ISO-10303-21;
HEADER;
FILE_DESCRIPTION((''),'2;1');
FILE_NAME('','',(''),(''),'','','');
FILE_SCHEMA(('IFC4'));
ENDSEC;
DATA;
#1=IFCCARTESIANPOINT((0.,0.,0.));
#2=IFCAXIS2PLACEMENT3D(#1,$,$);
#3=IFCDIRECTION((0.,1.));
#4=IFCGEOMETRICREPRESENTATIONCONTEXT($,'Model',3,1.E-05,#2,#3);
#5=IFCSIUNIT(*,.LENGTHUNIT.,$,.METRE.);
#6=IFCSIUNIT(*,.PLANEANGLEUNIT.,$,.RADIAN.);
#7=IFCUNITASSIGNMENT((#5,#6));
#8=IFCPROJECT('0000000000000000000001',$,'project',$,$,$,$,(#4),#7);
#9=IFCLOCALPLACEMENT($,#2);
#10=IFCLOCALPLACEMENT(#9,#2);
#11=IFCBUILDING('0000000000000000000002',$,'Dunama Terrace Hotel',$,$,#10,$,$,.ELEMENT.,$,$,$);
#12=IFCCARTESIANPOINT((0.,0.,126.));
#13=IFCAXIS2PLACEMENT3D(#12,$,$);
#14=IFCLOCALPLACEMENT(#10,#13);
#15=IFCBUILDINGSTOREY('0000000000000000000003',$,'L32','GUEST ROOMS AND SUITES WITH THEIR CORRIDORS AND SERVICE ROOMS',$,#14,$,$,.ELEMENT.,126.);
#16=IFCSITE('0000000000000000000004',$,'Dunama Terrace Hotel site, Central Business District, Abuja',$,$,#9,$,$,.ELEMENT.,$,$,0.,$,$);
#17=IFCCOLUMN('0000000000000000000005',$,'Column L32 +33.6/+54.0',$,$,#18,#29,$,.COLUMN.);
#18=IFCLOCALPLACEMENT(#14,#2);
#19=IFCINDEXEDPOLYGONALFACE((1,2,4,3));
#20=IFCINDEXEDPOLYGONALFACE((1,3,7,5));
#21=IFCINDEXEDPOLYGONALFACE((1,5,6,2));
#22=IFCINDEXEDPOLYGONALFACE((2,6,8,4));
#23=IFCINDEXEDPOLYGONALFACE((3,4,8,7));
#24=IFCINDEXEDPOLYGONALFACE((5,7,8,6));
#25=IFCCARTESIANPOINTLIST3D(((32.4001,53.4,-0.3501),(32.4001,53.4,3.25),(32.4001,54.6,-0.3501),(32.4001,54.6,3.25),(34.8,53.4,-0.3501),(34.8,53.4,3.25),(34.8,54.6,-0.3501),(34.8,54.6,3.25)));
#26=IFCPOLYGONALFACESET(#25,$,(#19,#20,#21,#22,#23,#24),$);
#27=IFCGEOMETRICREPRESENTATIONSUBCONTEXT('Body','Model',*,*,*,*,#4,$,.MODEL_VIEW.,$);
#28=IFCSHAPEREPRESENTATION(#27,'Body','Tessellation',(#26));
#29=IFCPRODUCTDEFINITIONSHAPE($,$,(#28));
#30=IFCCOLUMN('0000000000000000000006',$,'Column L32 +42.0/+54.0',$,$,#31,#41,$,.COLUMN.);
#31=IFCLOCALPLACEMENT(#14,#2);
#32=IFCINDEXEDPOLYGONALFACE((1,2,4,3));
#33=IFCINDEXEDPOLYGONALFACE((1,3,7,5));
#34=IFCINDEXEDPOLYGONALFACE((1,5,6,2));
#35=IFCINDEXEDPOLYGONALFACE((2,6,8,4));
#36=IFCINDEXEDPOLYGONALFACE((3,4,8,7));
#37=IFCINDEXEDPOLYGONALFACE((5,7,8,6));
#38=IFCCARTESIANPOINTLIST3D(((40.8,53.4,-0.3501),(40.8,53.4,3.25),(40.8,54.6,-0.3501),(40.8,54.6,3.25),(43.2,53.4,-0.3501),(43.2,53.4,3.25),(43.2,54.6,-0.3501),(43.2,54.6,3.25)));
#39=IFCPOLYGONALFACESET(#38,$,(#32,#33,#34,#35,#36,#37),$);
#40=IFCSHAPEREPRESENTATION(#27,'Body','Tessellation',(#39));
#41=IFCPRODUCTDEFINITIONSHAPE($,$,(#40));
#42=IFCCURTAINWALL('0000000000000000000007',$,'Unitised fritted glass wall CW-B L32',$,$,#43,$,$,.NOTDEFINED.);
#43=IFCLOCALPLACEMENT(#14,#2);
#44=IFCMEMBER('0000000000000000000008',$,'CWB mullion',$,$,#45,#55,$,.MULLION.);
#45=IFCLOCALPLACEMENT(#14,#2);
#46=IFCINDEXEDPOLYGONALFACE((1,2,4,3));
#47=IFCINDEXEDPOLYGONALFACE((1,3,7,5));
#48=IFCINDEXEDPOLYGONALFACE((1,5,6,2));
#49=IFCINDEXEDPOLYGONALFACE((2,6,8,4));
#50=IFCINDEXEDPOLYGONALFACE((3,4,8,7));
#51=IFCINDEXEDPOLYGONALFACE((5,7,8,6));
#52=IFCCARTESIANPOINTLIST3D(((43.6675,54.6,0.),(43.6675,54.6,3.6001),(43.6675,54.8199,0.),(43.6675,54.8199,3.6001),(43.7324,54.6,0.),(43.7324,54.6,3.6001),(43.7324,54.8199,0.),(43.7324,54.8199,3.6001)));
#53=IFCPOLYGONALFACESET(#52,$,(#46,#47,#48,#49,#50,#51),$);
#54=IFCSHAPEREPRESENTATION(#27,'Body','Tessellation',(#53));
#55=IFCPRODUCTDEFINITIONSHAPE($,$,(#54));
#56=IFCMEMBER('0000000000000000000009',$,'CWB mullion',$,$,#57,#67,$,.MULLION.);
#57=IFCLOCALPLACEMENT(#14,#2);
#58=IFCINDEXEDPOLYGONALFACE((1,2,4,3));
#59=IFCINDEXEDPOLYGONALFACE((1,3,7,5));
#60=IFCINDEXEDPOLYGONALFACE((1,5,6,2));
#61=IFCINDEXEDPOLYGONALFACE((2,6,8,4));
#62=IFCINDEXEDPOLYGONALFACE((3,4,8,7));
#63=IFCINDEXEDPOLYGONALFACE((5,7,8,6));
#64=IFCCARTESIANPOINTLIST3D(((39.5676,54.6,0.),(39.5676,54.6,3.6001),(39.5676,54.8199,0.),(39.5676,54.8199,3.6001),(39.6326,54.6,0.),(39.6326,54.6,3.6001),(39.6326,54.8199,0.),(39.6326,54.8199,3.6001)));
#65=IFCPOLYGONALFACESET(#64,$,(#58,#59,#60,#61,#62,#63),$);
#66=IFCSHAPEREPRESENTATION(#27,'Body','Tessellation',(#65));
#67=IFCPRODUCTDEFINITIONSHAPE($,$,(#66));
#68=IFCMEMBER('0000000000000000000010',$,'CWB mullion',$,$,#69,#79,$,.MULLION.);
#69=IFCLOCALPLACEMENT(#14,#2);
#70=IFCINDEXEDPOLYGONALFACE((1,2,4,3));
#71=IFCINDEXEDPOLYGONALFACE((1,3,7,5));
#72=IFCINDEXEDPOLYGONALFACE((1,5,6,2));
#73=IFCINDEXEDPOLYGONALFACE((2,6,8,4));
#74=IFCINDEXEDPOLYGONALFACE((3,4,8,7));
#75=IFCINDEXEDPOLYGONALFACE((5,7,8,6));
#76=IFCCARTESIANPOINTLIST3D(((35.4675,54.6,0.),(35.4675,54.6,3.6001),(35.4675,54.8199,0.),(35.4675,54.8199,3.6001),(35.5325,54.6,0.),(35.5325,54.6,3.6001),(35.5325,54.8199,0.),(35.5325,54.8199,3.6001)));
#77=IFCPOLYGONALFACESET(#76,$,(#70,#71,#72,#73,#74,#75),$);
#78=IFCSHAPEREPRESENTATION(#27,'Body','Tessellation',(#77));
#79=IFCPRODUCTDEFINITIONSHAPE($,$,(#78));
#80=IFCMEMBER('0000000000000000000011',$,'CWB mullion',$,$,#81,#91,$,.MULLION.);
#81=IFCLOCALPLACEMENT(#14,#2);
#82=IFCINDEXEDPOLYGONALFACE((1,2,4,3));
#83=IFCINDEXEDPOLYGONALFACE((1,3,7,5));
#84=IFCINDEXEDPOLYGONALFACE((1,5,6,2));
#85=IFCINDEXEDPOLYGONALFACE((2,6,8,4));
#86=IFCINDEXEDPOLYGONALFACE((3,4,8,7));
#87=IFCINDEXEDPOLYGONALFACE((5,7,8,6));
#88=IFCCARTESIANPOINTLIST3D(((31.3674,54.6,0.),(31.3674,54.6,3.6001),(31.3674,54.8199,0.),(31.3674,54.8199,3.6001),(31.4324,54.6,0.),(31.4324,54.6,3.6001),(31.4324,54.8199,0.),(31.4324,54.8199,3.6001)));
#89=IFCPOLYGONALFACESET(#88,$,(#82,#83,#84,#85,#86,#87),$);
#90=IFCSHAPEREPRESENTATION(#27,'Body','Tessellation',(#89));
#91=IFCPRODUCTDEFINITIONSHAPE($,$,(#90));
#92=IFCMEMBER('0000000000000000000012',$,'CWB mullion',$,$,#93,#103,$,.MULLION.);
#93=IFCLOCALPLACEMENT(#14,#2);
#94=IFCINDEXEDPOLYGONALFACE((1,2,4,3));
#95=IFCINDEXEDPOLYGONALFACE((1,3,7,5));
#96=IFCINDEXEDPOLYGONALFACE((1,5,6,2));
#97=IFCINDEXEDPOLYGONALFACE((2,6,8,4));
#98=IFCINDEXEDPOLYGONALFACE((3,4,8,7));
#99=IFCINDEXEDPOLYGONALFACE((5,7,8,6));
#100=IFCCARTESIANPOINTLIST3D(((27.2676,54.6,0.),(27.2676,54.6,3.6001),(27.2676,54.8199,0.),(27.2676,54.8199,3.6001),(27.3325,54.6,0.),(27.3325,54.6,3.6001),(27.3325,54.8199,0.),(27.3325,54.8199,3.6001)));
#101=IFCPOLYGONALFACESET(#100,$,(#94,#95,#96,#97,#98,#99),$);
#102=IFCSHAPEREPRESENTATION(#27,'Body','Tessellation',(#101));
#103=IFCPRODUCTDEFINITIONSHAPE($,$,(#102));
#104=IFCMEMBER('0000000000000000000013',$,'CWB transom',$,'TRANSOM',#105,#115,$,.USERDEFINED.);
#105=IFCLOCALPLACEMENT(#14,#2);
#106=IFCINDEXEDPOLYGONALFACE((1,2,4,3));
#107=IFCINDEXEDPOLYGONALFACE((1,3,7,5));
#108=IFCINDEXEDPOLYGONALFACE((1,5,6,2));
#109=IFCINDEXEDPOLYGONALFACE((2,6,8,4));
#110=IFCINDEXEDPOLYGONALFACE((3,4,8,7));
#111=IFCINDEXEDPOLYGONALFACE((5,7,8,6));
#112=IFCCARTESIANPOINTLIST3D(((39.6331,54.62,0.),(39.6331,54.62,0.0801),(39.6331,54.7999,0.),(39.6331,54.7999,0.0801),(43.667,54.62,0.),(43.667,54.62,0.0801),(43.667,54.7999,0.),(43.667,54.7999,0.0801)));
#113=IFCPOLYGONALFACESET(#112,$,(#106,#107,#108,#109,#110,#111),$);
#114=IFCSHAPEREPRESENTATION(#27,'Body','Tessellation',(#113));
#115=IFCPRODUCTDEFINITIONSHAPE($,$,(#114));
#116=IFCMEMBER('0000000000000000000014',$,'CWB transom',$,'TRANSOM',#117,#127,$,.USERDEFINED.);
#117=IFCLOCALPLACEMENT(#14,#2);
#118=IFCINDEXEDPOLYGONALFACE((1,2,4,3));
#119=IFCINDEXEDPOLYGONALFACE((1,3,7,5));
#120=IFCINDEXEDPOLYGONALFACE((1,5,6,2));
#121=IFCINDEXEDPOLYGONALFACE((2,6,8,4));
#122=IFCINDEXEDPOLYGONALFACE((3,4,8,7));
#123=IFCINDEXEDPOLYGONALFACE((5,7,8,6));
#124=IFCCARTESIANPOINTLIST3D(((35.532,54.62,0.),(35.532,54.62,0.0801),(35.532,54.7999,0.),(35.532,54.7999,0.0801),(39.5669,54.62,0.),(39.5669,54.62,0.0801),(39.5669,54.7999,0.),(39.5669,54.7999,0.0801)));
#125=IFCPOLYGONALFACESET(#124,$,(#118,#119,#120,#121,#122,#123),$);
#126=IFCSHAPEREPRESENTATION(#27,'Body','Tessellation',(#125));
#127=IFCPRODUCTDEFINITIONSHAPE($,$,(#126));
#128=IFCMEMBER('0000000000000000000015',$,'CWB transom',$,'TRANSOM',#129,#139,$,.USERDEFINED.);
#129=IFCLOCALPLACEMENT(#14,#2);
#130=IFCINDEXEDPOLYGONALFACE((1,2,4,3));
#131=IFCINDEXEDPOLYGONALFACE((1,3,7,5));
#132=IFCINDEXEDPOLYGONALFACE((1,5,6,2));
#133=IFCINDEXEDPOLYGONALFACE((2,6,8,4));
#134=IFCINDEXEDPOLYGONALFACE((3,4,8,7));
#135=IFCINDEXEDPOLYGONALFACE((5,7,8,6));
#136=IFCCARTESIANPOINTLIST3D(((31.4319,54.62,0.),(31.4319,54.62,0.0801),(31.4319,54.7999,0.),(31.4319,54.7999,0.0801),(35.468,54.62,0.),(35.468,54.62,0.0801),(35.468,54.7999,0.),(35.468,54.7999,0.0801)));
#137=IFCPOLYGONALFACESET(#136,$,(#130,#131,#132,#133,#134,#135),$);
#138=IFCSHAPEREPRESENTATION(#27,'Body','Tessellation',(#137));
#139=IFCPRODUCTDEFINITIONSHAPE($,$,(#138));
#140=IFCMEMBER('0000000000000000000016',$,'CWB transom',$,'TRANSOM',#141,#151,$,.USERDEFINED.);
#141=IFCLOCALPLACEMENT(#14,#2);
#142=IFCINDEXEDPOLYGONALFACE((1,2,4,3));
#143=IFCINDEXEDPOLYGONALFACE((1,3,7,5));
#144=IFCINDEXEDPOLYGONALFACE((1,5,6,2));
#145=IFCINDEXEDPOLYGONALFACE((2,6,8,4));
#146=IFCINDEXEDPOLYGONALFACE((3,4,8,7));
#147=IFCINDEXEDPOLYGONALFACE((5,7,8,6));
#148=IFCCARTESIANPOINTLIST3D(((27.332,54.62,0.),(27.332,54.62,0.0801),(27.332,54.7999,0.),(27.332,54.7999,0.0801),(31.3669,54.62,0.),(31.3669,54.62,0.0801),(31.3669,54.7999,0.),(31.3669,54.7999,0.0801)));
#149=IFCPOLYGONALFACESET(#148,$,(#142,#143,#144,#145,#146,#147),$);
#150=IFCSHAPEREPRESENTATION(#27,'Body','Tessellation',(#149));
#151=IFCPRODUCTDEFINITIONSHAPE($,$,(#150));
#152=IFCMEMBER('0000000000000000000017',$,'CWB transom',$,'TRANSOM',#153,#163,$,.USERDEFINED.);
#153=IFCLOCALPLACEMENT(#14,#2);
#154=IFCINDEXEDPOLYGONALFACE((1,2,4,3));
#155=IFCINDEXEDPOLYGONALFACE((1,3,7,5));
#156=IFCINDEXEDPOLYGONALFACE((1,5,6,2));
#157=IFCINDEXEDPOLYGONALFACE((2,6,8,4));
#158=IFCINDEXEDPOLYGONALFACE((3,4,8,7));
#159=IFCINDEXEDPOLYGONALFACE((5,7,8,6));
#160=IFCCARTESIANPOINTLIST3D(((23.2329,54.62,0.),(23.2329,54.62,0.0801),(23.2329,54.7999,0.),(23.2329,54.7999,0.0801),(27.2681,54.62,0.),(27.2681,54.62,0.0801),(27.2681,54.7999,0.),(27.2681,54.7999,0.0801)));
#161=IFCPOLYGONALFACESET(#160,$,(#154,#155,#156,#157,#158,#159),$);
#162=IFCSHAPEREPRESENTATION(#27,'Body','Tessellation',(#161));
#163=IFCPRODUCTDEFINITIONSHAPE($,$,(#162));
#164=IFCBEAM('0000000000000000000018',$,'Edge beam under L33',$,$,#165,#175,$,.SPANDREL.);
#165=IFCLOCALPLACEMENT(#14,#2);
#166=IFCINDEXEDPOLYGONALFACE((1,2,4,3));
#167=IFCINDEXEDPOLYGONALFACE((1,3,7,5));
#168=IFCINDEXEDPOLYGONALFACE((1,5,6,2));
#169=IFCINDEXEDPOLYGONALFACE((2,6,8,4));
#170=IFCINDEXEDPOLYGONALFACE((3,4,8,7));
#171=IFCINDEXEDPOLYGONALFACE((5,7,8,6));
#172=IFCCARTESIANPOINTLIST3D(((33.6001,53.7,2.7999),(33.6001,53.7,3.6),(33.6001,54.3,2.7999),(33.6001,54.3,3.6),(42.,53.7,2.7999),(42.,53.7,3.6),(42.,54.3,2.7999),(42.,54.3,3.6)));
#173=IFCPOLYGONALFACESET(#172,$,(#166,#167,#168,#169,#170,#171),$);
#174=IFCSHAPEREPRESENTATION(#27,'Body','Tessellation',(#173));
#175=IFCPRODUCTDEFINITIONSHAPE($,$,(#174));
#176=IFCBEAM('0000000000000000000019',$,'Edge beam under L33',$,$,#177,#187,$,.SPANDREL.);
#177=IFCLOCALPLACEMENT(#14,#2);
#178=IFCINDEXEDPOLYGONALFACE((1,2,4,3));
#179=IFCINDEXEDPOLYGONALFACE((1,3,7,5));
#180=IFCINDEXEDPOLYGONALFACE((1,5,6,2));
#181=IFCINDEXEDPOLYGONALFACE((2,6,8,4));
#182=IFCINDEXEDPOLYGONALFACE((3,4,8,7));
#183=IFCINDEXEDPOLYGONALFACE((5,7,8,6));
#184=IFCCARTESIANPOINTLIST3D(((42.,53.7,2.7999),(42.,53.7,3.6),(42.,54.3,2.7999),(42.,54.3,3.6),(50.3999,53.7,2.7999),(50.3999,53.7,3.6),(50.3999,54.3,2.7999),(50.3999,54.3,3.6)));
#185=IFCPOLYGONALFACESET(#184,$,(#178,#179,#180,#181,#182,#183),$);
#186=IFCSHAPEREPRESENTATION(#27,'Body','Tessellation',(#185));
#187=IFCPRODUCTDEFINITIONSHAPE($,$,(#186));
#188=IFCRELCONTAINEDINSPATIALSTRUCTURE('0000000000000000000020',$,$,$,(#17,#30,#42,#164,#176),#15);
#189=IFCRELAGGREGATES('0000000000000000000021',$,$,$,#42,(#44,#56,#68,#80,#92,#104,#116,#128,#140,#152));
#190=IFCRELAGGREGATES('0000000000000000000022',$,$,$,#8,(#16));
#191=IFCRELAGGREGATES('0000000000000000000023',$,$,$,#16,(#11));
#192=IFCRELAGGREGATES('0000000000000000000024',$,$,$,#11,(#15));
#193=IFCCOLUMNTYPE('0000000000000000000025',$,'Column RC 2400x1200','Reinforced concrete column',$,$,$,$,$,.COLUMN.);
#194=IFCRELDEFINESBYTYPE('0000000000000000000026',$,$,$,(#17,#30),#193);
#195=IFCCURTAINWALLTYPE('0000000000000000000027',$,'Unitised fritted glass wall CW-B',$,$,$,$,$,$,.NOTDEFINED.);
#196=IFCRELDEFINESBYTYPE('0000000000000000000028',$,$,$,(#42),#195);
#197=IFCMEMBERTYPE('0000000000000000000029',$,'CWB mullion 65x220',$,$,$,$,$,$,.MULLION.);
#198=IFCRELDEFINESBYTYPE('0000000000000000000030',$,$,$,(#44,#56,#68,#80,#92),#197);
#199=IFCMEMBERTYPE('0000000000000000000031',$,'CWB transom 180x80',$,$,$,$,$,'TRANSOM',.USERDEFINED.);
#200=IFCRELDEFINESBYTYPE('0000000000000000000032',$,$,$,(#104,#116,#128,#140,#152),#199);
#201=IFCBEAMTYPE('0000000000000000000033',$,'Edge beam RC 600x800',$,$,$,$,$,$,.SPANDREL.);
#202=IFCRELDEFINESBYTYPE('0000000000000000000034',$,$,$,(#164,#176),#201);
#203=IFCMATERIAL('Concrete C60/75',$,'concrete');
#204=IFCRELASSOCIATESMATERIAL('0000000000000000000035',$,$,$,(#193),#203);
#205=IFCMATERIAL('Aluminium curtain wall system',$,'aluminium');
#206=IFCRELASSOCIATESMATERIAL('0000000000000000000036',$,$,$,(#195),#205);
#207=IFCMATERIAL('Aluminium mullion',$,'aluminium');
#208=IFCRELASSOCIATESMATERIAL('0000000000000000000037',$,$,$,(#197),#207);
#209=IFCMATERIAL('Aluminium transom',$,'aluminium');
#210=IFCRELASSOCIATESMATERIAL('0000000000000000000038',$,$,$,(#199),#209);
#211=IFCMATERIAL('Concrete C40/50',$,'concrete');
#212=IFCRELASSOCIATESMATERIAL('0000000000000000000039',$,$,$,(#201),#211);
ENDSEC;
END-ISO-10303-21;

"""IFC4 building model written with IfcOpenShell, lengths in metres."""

from ifc_helpers import new_model, si_unit, direction, frame, origin, origin_2d, place, context, subcontext, project, spatial, rectangle, extrude, material, material_profile, profile_set, type_object, element, aggregate, save


model = new_model("IFC4")

# Units and contexts
model_context = context("Model", 3, precision=1e-05, world=origin(), true_north=direction((0.0, 1.0)))
body_context = subcontext(model_context, "Body", "Model", "MODEL_VIEW")
ifc_project = project(units=[si_unit("LENGTHUNIT", "METRE"), si_unit("PLANEANGLEUNIT", "RADIAN")], contexts=[model_context])

# Site, building, storey
site_placement = place(None, origin())
site = spatial("IfcSite", under=ifc_project, at=site_placement, Name="Dunama Terrace Hotel site, Central Business District, Abuja", CompositionType="ELEMENT", RefElevation=0.0)
building_placement = place(site_placement, origin())
building = spatial("IfcBuilding", under=site, at=building_placement, Name="Dunama Terrace Hotel", CompositionType="ELEMENT")
storey_placement = place(building_placement, frame((0.0, 0.0, 126.0)))
storey = spatial("IfcBuildingStorey", under=building, at=storey_placement, Name="L32", Description="GUEST ROOMS AND SUITES WITH THEIR CORRIDORS AND SERVICE ROOMS", CompositionType="ELEMENT", Elevation=126.0)

# Columns
ifc_material_1 = material(Name="Concrete C60/75", Category="concrete")
ifc_material_profile_1 = material_profile(ifc_material_1, rectangle(XDim=2.3999, YDim=1.2, at=origin_2d()), Name="RC 2400x1200")
ifc_profile_set_1 = profile_set([ifc_material_profile_1], Name="Concrete C60/75")
column_type = type_object("IfcColumnType", Name="Column RC 2400x1200", Description="Reinforced concrete column", PredefinedType="COLUMN", material=ifc_profile_set_1)
for number, where, z_axis, x_axis, name in (
    (1, (33.6001, 54.0, -0.3501), (0.0, 0.0, 1.0), (1.0, 0.0, 0.0), "Column L32 +33.6/+54.0"),
    (2, (42.0, 54.0, -0.3501), (0.0, 0.0, 1.0), (1.0, 0.0, 0.0), "Column L32 +42.0/+54.0"),
):
    element("IfcColumn", number, at=place(storey_placement, frame(where, z_axis=z_axis, x_axis=x_axis)), inside=storey, type_object=column_type, Name=name, PredefinedType="COLUMN", context=body_context, shape_type="SweptSolid", body=[
        extrude(rectangle(XDim=2.3999, YDim=1.2, at=origin_2d()), origin(), (0.0, 0.0, 1.0), 3.6001),
    ])

# Curtain wall, members
ifc_material_2 = material(Name="Aluminium curtain wall system", Category="aluminium")
curtain_wall_type = type_object("IfcCurtainWallType", Name="Unitised fritted glass wall CW-B", PredefinedType="NOTDEFINED", material=ifc_material_2)
curtain_wall_placement = place(storey_placement, origin())
curtain_wall = element("IfcCurtainWall", 3, at=curtain_wall_placement, inside=storey, type_object=curtain_wall_type, Name="Unitised fritted glass wall CW-B L32", PredefinedType="NOTDEFINED")
ifc_material_3 = material(Name="Aluminium mullion", Category="aluminium")
ifc_material_profile_2 = material_profile(ifc_material_3, rectangle(XDim=0.0649, YDim=0.22, at=origin_2d()), Name="CWB MULLION 65X220")
ifc_profile_set_2 = profile_set([ifc_material_profile_2], Name="Aluminium mullion")
member_type_1 = type_object("IfcMemberType", Name="CWB mullion 65x220", PredefinedType="MULLION", material=ifc_profile_set_2)
member_1_placement = place(storey_placement, frame((43.7, 54.71, 0.0), z_axis=(0.0, 0.0, 1.0), x_axis=(-1.0, 0.0, 0.0)))
member_1 = element("IfcMember", 4, at=member_1_placement, type_object=member_type_1, Name="CWB mullion", PredefinedType="MULLION", context=body_context, shape_type="SweptSolid", body=[
    extrude(rectangle(XDim=0.0649, YDim=0.22, at=origin_2d()), origin(), (0.0, 0.0, 1.0), 3.6001),
])
member_2_placement = place(storey_placement, frame((39.6001, 54.71, 0.0), z_axis=(0.0, 0.0, 1.0), x_axis=(-1.0, 0.0, 0.0)))
member_2 = element("IfcMember", 5, at=member_2_placement, type_object=member_type_1, Name="CWB mullion", PredefinedType="MULLION", context=body_context, shape_type="SweptSolid", body=[
    extrude(rectangle(XDim=0.0649, YDim=0.22, at=origin_2d()), origin(), (0.0, 0.0, 1.0), 3.6001),
])
member_3_placement = place(storey_placement, frame((35.5, 54.71, 0.0), z_axis=(0.0, 0.0, 1.0), x_axis=(-1.0, 0.0, 0.0)))
member_3 = element("IfcMember", 6, at=member_3_placement, type_object=member_type_1, Name="CWB mullion", PredefinedType="MULLION", context=body_context, shape_type="SweptSolid", body=[
    extrude(rectangle(XDim=0.0649, YDim=0.22, at=origin_2d()), origin(), (0.0, 0.0, 1.0), 3.6001),
])
member_4_placement = place(storey_placement, frame((31.3999, 54.71, 0.0), z_axis=(0.0, 0.0, 1.0), x_axis=(-1.0, 0.0, 0.0)))
member_4 = element("IfcMember", 7, at=member_4_placement, type_object=member_type_1, Name="CWB mullion", PredefinedType="MULLION", context=body_context, shape_type="SweptSolid", body=[
    extrude(rectangle(XDim=0.0649, YDim=0.22, at=origin_2d()), origin(), (0.0, 0.0, 1.0), 3.6001),
])
member_5_placement = place(storey_placement, frame((27.3, 54.71, 0.0), z_axis=(0.0, 0.0, 1.0), x_axis=(-1.0, 0.0, 0.0)))
member_5 = element("IfcMember", 8, at=member_5_placement, type_object=member_type_1, Name="CWB mullion", PredefinedType="MULLION", context=body_context, shape_type="SweptSolid", body=[
    extrude(rectangle(XDim=0.0649, YDim=0.22, at=origin_2d()), origin(), (0.0, 0.0, 1.0), 3.6001),
])
ifc_material_4 = material(Name="Aluminium transom", Category="aluminium")
ifc_material_profile_3 = material_profile(ifc_material_4, rectangle(XDim=0.1799, YDim=0.0801, at=origin_2d()), Name="CWB TRANSOM 180X80")
ifc_profile_set_3 = profile_set([ifc_material_profile_3], Name="Aluminium transom")
member_type_2 = type_object("IfcMemberType", Name="CWB transom 180x80", ElementType="TRANSOM", PredefinedType="USERDEFINED", material=ifc_profile_set_3)
member_6_placement = place(storey_placement, frame((43.667, 54.71, 0.04), z_axis=(-1.0, 0.0, 0.0), x_axis=(0.0, -1.0, 0.0)))
member_6 = element("IfcMember", 9, at=member_6_placement, type_object=member_type_2, Name="CWB transom", ObjectType="TRANSOM", PredefinedType="USERDEFINED", context=body_context, shape_type="SweptSolid", body=[
    extrude(rectangle(XDim=0.1799, YDim=0.0801, at=origin_2d()), origin(), (0.0, 0.0, 1.0), 4.0339),
])
member_7_placement = place(storey_placement, frame((39.5669, 54.71, 0.04), z_axis=(-1.0, 0.0, 0.0), x_axis=(0.0, -1.0, 0.0)))
member_7 = element("IfcMember", 10, at=member_7_placement, type_object=member_type_2, Name="CWB transom", ObjectType="TRANSOM", PredefinedType="USERDEFINED", context=body_context, shape_type="SweptSolid", body=[
    extrude(rectangle(XDim=0.1799, YDim=0.0801, at=origin_2d()), origin(), (0.0, 0.0, 1.0), 4.0349),
])
member_8_placement = place(storey_placement, frame((35.468, 54.71, 0.04), z_axis=(-1.0, 0.0, 0.0), x_axis=(0.0, -1.0, 0.0)))
member_8 = element("IfcMember", 11, at=member_8_placement, type_object=member_type_2, Name="CWB transom", ObjectType="TRANSOM", PredefinedType="USERDEFINED", context=body_context, shape_type="SweptSolid", body=[
    extrude(rectangle(XDim=0.1799, YDim=0.0801, at=origin_2d()), origin(), (0.0, 0.0, 1.0), 4.0361),
])
member_9_placement = place(storey_placement, frame((31.3669, 54.71, 0.04), z_axis=(-1.0, 0.0, 0.0), x_axis=(0.0, -1.0, 0.0)))
member_9 = element("IfcMember", 12, at=member_9_placement, type_object=member_type_2, Name="CWB transom", ObjectType="TRANSOM", PredefinedType="USERDEFINED", context=body_context, shape_type="SweptSolid", body=[
    extrude(rectangle(XDim=0.1799, YDim=0.0801, at=origin_2d()), origin(), (0.0, 0.0, 1.0), 4.0349),
])
member_10_placement = place(storey_placement, frame((27.2681, 54.71, 0.04), z_axis=(-1.0, 0.0, 0.0), x_axis=(0.0, -1.0, 0.0)))
member_10 = element("IfcMember", 13, at=member_10_placement, type_object=member_type_2, Name="CWB transom", ObjectType="TRANSOM", PredefinedType="USERDEFINED", context=body_context, shape_type="SweptSolid", body=[
    extrude(rectangle(XDim=0.1799, YDim=0.0801, at=origin_2d()), origin(), (0.0, 0.0, 1.0), 4.0352),
])

# Beams
ifc_material_5 = material(Name="Concrete C40/50", Category="concrete")
ifc_material_profile_4 = material_profile(ifc_material_5, rectangle(XDim=0.6001, YDim=0.8, at=origin_2d()), Name="RC 600x800")
ifc_profile_set_4 = profile_set([ifc_material_profile_4], Name="Concrete C40/50")
beam_type = type_object("IfcBeamType", Name="Edge beam RC 600x800", PredefinedType="SPANDREL", material=ifc_profile_set_4)
for number, where, z_axis, x_axis, name in (
    (14, (33.6001, 54.0, 3.2), (1.0, 0.0, 0.0), (0.0, 1.0, 0.0), "Edge beam under L33"),
    (15, (42.0, 54.0, 3.2), (1.0, 0.0, 0.0), (0.0, 1.0, 0.0), "Edge beam under L33"),
):
    element("IfcBeam", number, at=place(storey_placement, frame(where, z_axis=z_axis, x_axis=x_axis)), inside=storey, type_object=beam_type, Name=name, PredefinedType="SPANDREL", context=body_context, shape_type="SweptSolid", body=[
        extrude(rectangle(XDim=0.6001, YDim=0.8, at=origin_2d()), origin(), (0.0, 0.0, 1.0), 8.3999),
    ])

aggregate(curtain_wall, [member_1, member_2, member_3, member_4, member_5, member_6, member_7, member_8, member_9, member_10])

save(model, "model.ifc")
